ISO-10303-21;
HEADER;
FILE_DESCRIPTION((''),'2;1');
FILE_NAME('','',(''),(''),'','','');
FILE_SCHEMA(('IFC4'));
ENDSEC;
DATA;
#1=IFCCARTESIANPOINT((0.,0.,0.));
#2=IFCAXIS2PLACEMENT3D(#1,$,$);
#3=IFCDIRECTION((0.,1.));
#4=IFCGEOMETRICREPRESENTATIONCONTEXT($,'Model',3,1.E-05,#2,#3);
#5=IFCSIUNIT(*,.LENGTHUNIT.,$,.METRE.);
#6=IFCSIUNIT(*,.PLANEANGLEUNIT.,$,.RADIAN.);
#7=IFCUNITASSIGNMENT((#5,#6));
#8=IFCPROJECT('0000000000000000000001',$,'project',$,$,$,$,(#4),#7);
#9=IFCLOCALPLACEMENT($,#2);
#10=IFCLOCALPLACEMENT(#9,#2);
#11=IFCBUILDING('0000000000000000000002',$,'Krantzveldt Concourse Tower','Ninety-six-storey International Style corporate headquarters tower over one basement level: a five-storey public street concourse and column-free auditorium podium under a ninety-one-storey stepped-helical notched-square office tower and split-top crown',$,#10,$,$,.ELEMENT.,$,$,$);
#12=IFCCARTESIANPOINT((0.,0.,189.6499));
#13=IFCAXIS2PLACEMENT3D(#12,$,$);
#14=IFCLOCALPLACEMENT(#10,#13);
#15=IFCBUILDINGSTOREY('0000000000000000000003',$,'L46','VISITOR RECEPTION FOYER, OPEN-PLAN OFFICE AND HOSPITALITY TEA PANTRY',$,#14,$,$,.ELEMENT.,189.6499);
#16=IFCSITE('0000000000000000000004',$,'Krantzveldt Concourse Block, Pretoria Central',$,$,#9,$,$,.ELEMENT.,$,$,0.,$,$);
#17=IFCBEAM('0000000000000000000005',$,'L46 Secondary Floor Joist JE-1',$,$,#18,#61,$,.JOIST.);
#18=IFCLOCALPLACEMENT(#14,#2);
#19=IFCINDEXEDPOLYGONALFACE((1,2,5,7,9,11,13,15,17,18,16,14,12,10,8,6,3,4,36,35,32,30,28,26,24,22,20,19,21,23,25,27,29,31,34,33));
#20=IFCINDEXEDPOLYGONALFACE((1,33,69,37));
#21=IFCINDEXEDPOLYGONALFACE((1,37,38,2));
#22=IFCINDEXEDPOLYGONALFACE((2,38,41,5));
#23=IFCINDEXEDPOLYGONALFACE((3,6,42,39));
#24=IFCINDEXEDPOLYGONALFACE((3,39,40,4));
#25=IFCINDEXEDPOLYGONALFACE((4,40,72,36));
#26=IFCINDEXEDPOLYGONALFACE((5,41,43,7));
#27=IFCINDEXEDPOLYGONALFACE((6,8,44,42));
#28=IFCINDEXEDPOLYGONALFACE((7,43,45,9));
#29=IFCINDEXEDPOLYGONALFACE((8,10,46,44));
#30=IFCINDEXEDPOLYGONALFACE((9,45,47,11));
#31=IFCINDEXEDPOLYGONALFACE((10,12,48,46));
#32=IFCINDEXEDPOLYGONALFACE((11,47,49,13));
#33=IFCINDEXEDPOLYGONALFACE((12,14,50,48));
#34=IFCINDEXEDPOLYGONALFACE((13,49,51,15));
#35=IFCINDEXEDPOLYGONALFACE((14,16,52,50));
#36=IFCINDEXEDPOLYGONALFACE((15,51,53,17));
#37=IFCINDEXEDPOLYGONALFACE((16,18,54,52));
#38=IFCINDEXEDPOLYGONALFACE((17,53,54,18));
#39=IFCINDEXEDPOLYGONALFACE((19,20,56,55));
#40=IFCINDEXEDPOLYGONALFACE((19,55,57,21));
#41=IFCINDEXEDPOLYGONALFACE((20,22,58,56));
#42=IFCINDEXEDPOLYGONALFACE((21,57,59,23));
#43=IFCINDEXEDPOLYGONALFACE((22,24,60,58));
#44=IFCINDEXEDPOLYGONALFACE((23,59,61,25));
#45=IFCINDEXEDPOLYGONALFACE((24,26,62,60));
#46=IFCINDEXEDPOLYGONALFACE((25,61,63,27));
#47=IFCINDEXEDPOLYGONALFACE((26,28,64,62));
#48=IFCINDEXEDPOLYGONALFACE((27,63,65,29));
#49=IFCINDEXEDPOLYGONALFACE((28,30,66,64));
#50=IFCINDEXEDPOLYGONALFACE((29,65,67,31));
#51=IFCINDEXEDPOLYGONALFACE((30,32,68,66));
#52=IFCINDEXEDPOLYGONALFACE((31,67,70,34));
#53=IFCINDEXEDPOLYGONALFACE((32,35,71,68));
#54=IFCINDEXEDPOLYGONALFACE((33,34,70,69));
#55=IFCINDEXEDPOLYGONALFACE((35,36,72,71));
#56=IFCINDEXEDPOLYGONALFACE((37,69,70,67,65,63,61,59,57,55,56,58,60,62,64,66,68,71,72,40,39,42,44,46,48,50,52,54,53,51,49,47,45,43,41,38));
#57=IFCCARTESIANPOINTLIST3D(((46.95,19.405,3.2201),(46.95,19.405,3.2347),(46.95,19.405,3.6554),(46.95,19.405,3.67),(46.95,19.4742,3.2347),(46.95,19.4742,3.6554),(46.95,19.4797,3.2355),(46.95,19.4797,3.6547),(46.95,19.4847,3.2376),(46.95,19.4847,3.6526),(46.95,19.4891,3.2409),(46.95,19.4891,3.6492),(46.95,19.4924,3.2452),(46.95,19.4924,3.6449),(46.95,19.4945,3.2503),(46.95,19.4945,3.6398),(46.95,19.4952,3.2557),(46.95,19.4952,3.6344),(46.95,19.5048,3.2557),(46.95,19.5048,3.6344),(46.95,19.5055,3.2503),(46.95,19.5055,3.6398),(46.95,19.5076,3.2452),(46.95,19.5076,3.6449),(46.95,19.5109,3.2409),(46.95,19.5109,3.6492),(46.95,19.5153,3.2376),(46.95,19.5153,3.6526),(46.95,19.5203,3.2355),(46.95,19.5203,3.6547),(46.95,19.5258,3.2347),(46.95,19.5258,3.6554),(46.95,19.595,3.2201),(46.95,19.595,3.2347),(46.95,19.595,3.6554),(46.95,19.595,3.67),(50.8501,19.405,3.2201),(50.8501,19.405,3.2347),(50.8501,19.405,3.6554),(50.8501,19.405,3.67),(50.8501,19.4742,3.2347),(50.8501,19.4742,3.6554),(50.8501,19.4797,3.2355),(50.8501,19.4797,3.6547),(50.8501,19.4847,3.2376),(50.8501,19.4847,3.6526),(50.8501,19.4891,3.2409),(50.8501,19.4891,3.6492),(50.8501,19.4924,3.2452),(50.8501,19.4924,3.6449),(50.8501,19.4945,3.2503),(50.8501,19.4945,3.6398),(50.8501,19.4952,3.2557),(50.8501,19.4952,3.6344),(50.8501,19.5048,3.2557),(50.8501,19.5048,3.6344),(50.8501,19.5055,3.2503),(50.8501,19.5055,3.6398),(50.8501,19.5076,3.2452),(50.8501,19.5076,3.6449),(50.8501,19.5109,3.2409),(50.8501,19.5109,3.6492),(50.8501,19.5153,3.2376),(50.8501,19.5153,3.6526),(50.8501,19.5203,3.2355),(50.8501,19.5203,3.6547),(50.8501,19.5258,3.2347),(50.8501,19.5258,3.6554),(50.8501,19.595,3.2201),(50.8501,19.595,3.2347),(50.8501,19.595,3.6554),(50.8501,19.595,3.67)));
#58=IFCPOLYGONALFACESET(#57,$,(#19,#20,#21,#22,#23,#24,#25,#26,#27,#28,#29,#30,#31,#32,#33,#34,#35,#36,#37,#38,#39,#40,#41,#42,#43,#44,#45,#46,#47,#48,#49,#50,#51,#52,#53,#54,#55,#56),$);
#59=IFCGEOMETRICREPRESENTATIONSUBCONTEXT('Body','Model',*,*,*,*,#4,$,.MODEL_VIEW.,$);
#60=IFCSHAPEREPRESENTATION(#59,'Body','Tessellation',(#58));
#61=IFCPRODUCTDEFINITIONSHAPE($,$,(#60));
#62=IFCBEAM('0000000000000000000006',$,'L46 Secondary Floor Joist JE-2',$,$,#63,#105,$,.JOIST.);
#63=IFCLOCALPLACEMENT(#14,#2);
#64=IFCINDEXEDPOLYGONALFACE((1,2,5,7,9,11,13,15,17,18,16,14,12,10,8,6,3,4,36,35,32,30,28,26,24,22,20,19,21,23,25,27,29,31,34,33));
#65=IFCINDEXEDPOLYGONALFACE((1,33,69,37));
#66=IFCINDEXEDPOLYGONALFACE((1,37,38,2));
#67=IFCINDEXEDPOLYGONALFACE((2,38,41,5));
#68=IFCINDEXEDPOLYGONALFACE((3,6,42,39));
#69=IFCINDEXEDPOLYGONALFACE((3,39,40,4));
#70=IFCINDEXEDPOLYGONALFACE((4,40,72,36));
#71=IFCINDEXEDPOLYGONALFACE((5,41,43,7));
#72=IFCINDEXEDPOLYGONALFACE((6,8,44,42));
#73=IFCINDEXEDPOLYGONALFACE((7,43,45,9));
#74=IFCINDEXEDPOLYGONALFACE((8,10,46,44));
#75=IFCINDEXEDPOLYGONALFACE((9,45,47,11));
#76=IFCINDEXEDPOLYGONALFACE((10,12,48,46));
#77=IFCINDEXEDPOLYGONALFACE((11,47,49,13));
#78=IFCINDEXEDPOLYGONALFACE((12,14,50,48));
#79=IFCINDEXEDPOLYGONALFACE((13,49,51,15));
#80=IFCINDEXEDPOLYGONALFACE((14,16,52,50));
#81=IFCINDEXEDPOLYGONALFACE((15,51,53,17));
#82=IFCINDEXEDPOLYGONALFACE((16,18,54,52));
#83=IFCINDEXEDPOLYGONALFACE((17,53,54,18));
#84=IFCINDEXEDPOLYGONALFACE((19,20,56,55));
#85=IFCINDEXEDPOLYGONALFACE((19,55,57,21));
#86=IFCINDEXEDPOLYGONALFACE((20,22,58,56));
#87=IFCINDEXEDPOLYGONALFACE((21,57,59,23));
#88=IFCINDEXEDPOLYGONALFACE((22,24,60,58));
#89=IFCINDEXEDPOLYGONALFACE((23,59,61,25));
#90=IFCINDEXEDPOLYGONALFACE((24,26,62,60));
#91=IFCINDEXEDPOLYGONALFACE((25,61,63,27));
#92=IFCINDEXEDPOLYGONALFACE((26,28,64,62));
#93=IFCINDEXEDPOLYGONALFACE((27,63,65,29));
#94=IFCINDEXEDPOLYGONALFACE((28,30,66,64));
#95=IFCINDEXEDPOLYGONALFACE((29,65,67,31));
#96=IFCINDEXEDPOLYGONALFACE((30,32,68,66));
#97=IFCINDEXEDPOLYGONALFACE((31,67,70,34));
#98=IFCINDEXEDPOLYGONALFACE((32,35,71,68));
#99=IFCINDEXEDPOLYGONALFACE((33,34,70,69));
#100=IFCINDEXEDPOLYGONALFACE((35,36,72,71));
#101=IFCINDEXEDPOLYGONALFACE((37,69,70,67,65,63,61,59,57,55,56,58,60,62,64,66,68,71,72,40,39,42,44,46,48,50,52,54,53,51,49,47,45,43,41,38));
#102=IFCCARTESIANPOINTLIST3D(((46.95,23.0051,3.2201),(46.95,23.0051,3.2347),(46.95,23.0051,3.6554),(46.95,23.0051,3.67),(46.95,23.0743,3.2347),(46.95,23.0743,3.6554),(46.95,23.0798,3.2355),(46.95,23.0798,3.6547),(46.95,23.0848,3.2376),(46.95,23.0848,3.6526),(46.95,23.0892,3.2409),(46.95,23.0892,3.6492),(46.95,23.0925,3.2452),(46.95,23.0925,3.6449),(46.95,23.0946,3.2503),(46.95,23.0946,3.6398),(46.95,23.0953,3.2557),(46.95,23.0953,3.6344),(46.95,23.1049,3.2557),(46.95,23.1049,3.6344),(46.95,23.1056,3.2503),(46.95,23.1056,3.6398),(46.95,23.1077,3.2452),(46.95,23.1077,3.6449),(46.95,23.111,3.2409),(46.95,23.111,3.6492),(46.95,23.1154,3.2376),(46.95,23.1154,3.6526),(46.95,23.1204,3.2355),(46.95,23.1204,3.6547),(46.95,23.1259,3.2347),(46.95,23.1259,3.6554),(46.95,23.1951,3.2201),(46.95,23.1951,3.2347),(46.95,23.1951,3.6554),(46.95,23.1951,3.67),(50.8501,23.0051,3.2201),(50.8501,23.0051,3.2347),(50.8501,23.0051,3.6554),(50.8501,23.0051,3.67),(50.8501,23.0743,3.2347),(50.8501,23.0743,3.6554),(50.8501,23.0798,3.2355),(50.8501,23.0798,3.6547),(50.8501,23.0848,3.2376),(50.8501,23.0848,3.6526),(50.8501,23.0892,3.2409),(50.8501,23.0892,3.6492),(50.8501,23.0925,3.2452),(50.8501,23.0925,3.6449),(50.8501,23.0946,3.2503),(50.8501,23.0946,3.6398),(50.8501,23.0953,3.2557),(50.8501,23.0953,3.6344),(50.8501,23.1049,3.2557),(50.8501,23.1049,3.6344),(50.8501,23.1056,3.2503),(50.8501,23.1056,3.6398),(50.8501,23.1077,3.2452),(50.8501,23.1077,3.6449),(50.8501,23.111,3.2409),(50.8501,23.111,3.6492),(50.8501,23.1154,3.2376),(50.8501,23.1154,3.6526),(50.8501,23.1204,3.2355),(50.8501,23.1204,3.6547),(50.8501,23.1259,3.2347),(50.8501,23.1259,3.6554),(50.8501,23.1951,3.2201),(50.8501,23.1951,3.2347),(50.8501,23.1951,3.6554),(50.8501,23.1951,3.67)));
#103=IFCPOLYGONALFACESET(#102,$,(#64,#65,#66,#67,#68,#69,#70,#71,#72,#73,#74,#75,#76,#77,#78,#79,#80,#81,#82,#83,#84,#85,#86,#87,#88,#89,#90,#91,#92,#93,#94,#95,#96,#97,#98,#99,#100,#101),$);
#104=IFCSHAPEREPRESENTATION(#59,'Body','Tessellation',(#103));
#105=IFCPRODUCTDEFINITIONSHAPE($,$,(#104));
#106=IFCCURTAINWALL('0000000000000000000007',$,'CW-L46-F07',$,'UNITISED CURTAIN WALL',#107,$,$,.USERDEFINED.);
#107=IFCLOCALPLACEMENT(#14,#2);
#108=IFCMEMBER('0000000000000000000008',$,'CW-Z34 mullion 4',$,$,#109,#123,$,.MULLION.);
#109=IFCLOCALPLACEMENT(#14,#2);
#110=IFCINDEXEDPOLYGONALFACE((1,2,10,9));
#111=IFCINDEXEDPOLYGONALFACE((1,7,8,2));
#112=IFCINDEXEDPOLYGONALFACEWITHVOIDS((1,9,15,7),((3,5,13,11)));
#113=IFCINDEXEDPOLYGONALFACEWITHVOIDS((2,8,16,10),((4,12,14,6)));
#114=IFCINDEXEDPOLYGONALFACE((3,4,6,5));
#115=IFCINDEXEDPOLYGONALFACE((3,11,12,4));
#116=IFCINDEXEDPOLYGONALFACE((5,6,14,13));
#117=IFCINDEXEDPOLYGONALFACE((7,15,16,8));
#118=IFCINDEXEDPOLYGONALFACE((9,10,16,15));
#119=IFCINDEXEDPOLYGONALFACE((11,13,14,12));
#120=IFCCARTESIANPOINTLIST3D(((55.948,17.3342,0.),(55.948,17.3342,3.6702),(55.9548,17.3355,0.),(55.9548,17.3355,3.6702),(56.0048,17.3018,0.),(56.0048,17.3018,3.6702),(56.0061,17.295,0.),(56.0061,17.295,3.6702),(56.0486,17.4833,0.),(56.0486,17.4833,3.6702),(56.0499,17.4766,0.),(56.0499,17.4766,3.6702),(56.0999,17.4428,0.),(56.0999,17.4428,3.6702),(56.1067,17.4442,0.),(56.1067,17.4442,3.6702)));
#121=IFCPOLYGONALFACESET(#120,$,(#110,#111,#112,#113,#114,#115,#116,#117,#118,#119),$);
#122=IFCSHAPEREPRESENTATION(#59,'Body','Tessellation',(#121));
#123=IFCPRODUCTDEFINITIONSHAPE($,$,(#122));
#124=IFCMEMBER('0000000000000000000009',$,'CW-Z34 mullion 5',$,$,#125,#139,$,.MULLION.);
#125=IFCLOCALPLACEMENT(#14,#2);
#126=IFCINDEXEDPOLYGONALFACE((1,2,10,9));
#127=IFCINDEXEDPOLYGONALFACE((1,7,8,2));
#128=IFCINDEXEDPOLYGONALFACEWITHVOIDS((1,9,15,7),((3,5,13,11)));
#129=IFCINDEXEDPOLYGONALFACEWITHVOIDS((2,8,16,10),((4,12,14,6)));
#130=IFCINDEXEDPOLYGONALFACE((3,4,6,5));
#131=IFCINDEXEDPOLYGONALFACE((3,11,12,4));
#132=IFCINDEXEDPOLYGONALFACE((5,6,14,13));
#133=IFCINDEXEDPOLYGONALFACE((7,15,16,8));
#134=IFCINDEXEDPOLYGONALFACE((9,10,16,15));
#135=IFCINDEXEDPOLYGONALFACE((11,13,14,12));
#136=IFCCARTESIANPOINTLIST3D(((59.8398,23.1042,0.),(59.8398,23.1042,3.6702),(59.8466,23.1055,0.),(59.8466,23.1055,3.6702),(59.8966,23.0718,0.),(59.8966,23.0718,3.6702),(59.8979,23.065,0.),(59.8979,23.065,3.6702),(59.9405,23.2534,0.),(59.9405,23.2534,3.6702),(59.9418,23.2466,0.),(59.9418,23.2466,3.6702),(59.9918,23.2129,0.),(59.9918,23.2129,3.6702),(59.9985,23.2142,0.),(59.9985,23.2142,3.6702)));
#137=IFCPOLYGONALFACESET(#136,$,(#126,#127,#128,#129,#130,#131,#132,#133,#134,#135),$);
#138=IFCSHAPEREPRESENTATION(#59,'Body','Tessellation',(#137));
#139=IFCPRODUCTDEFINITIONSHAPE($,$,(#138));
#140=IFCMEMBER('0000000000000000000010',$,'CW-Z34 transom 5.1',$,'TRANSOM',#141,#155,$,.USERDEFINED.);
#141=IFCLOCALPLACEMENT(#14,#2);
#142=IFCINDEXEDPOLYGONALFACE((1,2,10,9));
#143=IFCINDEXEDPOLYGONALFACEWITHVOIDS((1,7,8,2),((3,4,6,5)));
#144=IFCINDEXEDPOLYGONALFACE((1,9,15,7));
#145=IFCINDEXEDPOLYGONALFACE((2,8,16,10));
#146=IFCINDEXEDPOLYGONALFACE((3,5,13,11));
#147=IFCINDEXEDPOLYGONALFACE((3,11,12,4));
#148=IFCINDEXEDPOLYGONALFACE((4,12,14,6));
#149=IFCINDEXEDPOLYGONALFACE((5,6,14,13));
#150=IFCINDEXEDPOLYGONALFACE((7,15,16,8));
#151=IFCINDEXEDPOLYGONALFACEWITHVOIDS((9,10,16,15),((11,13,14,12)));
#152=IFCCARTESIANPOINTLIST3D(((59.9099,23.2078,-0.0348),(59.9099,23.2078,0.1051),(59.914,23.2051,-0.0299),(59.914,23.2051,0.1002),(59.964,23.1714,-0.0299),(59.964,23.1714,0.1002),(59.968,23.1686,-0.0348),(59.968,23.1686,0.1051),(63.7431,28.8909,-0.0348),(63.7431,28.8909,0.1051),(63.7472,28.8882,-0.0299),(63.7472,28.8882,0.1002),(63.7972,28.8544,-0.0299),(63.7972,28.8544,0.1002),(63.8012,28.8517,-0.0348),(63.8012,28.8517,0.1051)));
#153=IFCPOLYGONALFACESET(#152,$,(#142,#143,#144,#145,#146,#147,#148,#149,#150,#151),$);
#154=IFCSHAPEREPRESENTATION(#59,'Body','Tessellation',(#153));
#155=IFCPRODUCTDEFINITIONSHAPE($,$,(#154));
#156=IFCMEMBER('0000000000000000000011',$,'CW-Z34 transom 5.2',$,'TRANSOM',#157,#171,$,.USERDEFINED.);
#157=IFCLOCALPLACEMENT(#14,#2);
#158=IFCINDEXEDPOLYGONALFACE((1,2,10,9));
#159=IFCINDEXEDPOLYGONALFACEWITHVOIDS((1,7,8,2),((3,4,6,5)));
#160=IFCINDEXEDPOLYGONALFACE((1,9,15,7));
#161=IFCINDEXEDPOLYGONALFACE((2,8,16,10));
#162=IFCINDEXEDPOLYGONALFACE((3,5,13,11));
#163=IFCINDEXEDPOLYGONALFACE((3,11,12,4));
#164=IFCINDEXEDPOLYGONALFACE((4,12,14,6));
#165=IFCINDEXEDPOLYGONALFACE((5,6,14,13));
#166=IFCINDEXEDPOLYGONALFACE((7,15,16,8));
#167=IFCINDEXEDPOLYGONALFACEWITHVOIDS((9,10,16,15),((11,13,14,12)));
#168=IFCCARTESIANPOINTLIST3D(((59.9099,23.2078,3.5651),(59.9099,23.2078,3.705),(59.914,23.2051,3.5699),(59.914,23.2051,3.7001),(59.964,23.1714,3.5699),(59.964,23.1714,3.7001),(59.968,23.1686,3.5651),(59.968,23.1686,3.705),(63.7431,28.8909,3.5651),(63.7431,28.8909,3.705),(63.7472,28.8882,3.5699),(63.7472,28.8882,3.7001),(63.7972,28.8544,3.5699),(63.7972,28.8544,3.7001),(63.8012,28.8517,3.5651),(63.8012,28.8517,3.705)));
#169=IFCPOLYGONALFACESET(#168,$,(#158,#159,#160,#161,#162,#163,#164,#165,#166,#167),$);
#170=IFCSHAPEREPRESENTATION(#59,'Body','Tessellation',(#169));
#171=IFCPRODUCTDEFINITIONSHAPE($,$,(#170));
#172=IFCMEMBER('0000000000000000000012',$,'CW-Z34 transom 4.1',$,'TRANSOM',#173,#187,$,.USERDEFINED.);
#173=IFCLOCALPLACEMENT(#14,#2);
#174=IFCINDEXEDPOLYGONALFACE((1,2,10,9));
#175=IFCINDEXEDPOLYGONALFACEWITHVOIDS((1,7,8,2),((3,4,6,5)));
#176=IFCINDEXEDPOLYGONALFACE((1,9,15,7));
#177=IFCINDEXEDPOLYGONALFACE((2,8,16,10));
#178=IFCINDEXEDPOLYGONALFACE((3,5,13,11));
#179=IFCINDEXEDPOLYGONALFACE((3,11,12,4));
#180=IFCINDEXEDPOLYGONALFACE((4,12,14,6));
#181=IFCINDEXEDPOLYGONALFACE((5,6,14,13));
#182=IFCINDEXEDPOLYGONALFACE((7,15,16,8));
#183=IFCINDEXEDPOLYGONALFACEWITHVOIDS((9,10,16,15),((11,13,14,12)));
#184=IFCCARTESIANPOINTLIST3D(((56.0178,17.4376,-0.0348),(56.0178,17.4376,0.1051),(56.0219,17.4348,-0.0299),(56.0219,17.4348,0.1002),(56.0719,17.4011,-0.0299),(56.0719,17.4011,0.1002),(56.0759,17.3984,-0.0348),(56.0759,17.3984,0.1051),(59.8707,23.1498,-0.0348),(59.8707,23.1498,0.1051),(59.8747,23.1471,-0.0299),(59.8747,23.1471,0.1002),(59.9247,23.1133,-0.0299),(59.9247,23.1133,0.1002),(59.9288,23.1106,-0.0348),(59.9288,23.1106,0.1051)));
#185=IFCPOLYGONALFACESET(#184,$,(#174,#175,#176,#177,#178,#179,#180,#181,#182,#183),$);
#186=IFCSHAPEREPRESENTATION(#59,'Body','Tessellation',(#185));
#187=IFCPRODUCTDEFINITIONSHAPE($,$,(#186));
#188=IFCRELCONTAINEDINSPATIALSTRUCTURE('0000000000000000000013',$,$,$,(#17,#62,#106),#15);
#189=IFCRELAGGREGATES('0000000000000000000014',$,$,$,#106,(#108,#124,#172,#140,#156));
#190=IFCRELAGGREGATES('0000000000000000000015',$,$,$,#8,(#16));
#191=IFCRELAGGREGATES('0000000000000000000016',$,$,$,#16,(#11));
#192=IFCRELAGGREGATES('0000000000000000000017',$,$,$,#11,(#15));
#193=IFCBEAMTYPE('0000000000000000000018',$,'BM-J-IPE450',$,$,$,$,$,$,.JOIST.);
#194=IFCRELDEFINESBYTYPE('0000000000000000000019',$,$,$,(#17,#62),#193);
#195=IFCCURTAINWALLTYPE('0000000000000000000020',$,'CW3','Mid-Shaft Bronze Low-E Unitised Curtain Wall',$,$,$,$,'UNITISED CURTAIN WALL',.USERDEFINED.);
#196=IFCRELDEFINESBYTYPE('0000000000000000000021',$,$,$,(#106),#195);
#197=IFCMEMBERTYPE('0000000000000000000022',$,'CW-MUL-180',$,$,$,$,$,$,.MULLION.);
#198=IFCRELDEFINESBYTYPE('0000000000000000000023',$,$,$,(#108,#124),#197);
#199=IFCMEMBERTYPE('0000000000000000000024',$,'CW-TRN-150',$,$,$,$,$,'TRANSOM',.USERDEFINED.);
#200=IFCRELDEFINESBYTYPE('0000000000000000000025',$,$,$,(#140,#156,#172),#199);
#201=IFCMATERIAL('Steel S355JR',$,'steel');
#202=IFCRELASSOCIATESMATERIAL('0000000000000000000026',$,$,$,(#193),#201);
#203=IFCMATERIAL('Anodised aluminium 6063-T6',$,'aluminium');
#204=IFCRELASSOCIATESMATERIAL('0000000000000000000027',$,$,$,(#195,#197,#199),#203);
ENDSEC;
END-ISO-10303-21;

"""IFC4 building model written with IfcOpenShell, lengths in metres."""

from ifc_helpers import new_model, si_unit, direction, frame, origin, origin_2d, place, context, subcontext, project, spatial, hollow_rectangle, i_section, extrude, source, transform, mapped, material, material_profile, profile_set, type_object, type_shapes, element, aggregate, save


model = new_model("IFC4")

# Units and contexts
model_context = context("Model", 3, precision=1e-05, world=origin(), true_north=direction((0.0, 1.0)))
body_context = subcontext(model_context, "Body", "Model", "MODEL_VIEW")
ifc_project = project(units=[si_unit("LENGTHUNIT", "METRE"), si_unit("PLANEANGLEUNIT", "RADIAN")], contexts=[model_context])

# Site, building, storey
site_placement = place(None, origin())
site = spatial("IfcSite", under=ifc_project, at=site_placement, Name="Krantzveldt Concourse Block, Pretoria Central", CompositionType="ELEMENT", RefElevation=0.0)
building_placement = place(site_placement, origin())
building = spatial("IfcBuilding", under=site, at=building_placement, Name="Krantzveldt Concourse Tower", Description="Ninety-six-storey International Style corporate headquarters tower over one basement level: a five-storey public street concourse and column-free auditorium podium under a ninety-one-storey stepped-helical notched-square office tower and split-top crown", CompositionType="ELEMENT")
storey_placement = place(building_placement, frame((0.0, 0.0, 189.6499)))
storey = spatial("IfcBuildingStorey", under=building, at=storey_placement, Name="L46", Description="VISITOR RECEPTION FOYER, OPEN-PLAN OFFICE AND HOSPITALITY TEA PANTRY", CompositionType="ELEMENT", Elevation=189.6499)

# Beams
ifc_material_1 = material(Name="Steel S355JR", Category="steel")
ifc_material_profile_1 = material_profile(ifc_material_1, i_section(OverallWidth=0.1899, OverallDepth=0.45, WebThickness=0.0095, FlangeThickness=0.0146, FilletRadius=0.021, at=origin_2d()), Name="Steel S355JR", Category="steel")
ifc_profile_set_1 = profile_set([ifc_material_profile_1], Name="Steel S355JR - IPE 450")
beam_type_1 = type_object("IfcBeamType", Name="BM-J-IPE450", PredefinedType="JOIST", material=ifc_profile_set_1)
shared_shape_1 = source(origin(), body_context, "Body", "SweptSolid", [
    extrude(i_section(OverallWidth=0.1899, OverallDepth=0.45, WebThickness=0.0095, FlangeThickness=0.0146, FilletRadius=0.021, at=origin_2d()), origin(), (0.0, 0.0, 1.0), 3.9001),
])
type_shapes(beam_type_1, [shared_shape_1])
for number, where, z_axis, x_axis, name in (
    (1, (46.95, 19.5, 3.4451), (1.0, 0.0, 0.0), (0.0, 1.0, 0.0), "L46 Secondary Floor Joist JE-1"),
    (2, (46.95, 23.1001, 3.4451), (1.0, 0.0, 0.0), (0.0, 1.0, 0.0), "L46 Secondary Floor Joist JE-2"),
):
    element("IfcBeam", number, at=place(storey_placement, frame(where, z_axis=z_axis, x_axis=x_axis)), inside=storey, type_object=beam_type_1, Name=name, PredefinedType="JOIST", context=body_context, shape_type="MappedRepresentation", body=[
        mapped(shared_shape_1, transform((0.0, 0.0, 0.0), x_axis=(1.0, 0.0, 0.0), y_axis=(0.0, 1.0, 0.0), z_axis=(0.0, 0.0, 1.0), scale=1.0)),
    ])

# Curtain wall, members
ifc_material_2 = material(Name="Anodised aluminium 6063-T6", Category="aluminium")
curtain_wall_type = type_object("IfcCurtainWallType", Name="CW3", Description="Mid-Shaft Bronze Low-E Unitised Curtain Wall", ElementType="UNITISED CURTAIN WALL", PredefinedType="USERDEFINED", material=ifc_material_2)
curtain_wall_placement = place(storey_placement, origin())
curtain_wall = element("IfcCurtainWall", 3, at=curtain_wall_placement, inside=storey, type_object=curtain_wall_type, Name="CW-L46-F07", ObjectType="UNITISED CURTAIN WALL", PredefinedType="USERDEFINED")
ifc_material_profile_2 = material_profile(ifc_material_2, hollow_rectangle(XDim=0.0701, YDim=0.1799, WallThickness=0.0049, at=origin_2d()), Name="Anodised aluminium 6063-T6", Category="aluminium")
ifc_profile_set_2 = profile_set([ifc_material_profile_2], Name="Anodised aluminium 6063-T6 - ALU-MULL 180x70x5")
member_type_1 = type_object("IfcMemberType", Name="CW-MUL-180", PredefinedType="MULLION", material=ifc_profile_set_2)
shared_shape_2 = source(origin(), body_context, "Body", "SweptSolid", [
    extrude(hollow_rectangle(XDim=0.0701, YDim=0.1799, WallThickness=0.0049, at=origin_2d()), origin(), (0.0, 0.0, 1.0), 3.6702),
])
type_shapes(member_type_1, [shared_shape_2])
member_1_placement = place(storey_placement, frame((56.0273, 17.3892, 0.0), z_axis=(0.0, 0.0, 1.0), x_axis=(-0.829038, 0.559193, 0.0)))
member_1 = element("IfcMember", 4, at=member_1_placement, type_object=member_type_1, Name="CW-Z34 mullion 4", PredefinedType="MULLION", context=body_context, shape_type="MappedRepresentation", body=[
    mapped(shared_shape_2, transform((0.0, 0.0, 0.0), x_axis=(1.0, 0.0, 0.0), y_axis=(0.0, 1.0, 0.0), z_axis=(0.0, 0.0, 1.0), scale=1.0)),
])
member_2_placement = place(storey_placement, frame((59.9192, 23.1592, 0.0), z_axis=(0.0, 0.0, 1.0), x_axis=(-0.829038, 0.559193, 0.0)))
member_2 = element("IfcMember", 5, at=member_2_placement, type_object=member_type_1, Name="CW-Z34 mullion 5", PredefinedType="MULLION", context=body_context, shape_type="MappedRepresentation", body=[
    mapped(shared_shape_2, transform((0.0, 0.0, 0.0), x_axis=(1.0, 0.0, 0.0), y_axis=(0.0, 1.0, 0.0), z_axis=(0.0, 0.0, 1.0), scale=1.0)),
])
ifc_material_profile_3 = material_profile(ifc_material_2, hollow_rectangle(XDim=0.0701, YDim=0.1399, WallThickness=0.0049, at=origin_2d()), Name="Anodised aluminium 6063-T6", Category="aluminium")
ifc_profile_set_3 = profile_set([ifc_material_profile_3], Name="Anodised aluminium 6063-T6 - ALU-TRAN 140x70x5")
member_type_2 = type_object("IfcMemberType", Name="CW-TRN-150", ElementType="TRANSOM", PredefinedType="USERDEFINED", material=ifc_profile_set_3)
shared_shape_3 = source(origin(), body_context, "Body", "SweptSolid", [
    extrude(hollow_rectangle(XDim=0.0701, YDim=0.1399, WallThickness=0.0049, at=origin_2d()), origin(), (0.0, 0.0, 1.0), 6.855),
])
member_3_placement = place(storey_placement, frame((59.939, 23.1882, 0.0352), z_axis=(0.559188, 0.829041, 0.0), x_axis=(-0.829041, 0.559188, 0.0)))
member_3 = element("IfcMember", 6, at=member_3_placement, type_object=member_type_2, Name="CW-Z34 transom 5.1", ObjectType="TRANSOM", PredefinedType="USERDEFINED", context=body_context, shape_type="MappedRepresentation", body=[
    mapped(shared_shape_3, transform((0.0, 0.0, 0.0), x_axis=(1.0, 0.0, 0.0), y_axis=(0.0, 1.0, 0.0), z_axis=(0.0, 0.0, 1.0), scale=1.0)),
])
member_4_placement = place(storey_placement, frame((59.939, 23.1882, 3.635), z_axis=(0.559188, 0.829041, 0.0), x_axis=(-0.829041, 0.559188, 0.0)))
member_4 = element("IfcMember", 7, at=member_4_placement, type_object=member_type_2, Name="CW-Z34 transom 5.2", ObjectType="TRANSOM", PredefinedType="USERDEFINED", context=body_context, shape_type="MappedRepresentation", body=[
    mapped(shared_shape_3, transform((0.0, 0.0, 0.0), x_axis=(1.0, 0.0, 0.0), y_axis=(0.0, 1.0, 0.0), z_axis=(0.0, 0.0, 1.0), scale=1.0)),
])
shared_shape_4 = source(origin(), body_context, "Body", "SweptSolid", [
    extrude(hollow_rectangle(XDim=0.0701, YDim=0.1399, WallThickness=0.0049, at=origin_2d()), origin(), (0.0, 0.0, 1.0), 6.8901),
])
type_shapes(member_type_2, [shared_shape_3, shared_shape_4])
member_5_placement = place(storey_placement, frame((56.0469, 17.418, 0.0352), z_axis=(0.559181, 0.829045, 0.0), x_axis=(-0.829045, 0.559181, 0.0)))
member_5 = element("IfcMember", 8, at=member_5_placement, type_object=member_type_2, Name="CW-Z34 transom 4.1", ObjectType="TRANSOM", PredefinedType="USERDEFINED", context=body_context, shape_type="MappedRepresentation", body=[
    mapped(shared_shape_4, transform((0.0, 0.0, 0.0), x_axis=(1.0, 0.0, 0.0), y_axis=(0.0, 1.0, 0.0), z_axis=(0.0, 0.0, 1.0), scale=1.0)),
])
aggregate(curtain_wall, [member_1, member_2, member_5, member_3, member_4])

save(model, "model.ifc")
